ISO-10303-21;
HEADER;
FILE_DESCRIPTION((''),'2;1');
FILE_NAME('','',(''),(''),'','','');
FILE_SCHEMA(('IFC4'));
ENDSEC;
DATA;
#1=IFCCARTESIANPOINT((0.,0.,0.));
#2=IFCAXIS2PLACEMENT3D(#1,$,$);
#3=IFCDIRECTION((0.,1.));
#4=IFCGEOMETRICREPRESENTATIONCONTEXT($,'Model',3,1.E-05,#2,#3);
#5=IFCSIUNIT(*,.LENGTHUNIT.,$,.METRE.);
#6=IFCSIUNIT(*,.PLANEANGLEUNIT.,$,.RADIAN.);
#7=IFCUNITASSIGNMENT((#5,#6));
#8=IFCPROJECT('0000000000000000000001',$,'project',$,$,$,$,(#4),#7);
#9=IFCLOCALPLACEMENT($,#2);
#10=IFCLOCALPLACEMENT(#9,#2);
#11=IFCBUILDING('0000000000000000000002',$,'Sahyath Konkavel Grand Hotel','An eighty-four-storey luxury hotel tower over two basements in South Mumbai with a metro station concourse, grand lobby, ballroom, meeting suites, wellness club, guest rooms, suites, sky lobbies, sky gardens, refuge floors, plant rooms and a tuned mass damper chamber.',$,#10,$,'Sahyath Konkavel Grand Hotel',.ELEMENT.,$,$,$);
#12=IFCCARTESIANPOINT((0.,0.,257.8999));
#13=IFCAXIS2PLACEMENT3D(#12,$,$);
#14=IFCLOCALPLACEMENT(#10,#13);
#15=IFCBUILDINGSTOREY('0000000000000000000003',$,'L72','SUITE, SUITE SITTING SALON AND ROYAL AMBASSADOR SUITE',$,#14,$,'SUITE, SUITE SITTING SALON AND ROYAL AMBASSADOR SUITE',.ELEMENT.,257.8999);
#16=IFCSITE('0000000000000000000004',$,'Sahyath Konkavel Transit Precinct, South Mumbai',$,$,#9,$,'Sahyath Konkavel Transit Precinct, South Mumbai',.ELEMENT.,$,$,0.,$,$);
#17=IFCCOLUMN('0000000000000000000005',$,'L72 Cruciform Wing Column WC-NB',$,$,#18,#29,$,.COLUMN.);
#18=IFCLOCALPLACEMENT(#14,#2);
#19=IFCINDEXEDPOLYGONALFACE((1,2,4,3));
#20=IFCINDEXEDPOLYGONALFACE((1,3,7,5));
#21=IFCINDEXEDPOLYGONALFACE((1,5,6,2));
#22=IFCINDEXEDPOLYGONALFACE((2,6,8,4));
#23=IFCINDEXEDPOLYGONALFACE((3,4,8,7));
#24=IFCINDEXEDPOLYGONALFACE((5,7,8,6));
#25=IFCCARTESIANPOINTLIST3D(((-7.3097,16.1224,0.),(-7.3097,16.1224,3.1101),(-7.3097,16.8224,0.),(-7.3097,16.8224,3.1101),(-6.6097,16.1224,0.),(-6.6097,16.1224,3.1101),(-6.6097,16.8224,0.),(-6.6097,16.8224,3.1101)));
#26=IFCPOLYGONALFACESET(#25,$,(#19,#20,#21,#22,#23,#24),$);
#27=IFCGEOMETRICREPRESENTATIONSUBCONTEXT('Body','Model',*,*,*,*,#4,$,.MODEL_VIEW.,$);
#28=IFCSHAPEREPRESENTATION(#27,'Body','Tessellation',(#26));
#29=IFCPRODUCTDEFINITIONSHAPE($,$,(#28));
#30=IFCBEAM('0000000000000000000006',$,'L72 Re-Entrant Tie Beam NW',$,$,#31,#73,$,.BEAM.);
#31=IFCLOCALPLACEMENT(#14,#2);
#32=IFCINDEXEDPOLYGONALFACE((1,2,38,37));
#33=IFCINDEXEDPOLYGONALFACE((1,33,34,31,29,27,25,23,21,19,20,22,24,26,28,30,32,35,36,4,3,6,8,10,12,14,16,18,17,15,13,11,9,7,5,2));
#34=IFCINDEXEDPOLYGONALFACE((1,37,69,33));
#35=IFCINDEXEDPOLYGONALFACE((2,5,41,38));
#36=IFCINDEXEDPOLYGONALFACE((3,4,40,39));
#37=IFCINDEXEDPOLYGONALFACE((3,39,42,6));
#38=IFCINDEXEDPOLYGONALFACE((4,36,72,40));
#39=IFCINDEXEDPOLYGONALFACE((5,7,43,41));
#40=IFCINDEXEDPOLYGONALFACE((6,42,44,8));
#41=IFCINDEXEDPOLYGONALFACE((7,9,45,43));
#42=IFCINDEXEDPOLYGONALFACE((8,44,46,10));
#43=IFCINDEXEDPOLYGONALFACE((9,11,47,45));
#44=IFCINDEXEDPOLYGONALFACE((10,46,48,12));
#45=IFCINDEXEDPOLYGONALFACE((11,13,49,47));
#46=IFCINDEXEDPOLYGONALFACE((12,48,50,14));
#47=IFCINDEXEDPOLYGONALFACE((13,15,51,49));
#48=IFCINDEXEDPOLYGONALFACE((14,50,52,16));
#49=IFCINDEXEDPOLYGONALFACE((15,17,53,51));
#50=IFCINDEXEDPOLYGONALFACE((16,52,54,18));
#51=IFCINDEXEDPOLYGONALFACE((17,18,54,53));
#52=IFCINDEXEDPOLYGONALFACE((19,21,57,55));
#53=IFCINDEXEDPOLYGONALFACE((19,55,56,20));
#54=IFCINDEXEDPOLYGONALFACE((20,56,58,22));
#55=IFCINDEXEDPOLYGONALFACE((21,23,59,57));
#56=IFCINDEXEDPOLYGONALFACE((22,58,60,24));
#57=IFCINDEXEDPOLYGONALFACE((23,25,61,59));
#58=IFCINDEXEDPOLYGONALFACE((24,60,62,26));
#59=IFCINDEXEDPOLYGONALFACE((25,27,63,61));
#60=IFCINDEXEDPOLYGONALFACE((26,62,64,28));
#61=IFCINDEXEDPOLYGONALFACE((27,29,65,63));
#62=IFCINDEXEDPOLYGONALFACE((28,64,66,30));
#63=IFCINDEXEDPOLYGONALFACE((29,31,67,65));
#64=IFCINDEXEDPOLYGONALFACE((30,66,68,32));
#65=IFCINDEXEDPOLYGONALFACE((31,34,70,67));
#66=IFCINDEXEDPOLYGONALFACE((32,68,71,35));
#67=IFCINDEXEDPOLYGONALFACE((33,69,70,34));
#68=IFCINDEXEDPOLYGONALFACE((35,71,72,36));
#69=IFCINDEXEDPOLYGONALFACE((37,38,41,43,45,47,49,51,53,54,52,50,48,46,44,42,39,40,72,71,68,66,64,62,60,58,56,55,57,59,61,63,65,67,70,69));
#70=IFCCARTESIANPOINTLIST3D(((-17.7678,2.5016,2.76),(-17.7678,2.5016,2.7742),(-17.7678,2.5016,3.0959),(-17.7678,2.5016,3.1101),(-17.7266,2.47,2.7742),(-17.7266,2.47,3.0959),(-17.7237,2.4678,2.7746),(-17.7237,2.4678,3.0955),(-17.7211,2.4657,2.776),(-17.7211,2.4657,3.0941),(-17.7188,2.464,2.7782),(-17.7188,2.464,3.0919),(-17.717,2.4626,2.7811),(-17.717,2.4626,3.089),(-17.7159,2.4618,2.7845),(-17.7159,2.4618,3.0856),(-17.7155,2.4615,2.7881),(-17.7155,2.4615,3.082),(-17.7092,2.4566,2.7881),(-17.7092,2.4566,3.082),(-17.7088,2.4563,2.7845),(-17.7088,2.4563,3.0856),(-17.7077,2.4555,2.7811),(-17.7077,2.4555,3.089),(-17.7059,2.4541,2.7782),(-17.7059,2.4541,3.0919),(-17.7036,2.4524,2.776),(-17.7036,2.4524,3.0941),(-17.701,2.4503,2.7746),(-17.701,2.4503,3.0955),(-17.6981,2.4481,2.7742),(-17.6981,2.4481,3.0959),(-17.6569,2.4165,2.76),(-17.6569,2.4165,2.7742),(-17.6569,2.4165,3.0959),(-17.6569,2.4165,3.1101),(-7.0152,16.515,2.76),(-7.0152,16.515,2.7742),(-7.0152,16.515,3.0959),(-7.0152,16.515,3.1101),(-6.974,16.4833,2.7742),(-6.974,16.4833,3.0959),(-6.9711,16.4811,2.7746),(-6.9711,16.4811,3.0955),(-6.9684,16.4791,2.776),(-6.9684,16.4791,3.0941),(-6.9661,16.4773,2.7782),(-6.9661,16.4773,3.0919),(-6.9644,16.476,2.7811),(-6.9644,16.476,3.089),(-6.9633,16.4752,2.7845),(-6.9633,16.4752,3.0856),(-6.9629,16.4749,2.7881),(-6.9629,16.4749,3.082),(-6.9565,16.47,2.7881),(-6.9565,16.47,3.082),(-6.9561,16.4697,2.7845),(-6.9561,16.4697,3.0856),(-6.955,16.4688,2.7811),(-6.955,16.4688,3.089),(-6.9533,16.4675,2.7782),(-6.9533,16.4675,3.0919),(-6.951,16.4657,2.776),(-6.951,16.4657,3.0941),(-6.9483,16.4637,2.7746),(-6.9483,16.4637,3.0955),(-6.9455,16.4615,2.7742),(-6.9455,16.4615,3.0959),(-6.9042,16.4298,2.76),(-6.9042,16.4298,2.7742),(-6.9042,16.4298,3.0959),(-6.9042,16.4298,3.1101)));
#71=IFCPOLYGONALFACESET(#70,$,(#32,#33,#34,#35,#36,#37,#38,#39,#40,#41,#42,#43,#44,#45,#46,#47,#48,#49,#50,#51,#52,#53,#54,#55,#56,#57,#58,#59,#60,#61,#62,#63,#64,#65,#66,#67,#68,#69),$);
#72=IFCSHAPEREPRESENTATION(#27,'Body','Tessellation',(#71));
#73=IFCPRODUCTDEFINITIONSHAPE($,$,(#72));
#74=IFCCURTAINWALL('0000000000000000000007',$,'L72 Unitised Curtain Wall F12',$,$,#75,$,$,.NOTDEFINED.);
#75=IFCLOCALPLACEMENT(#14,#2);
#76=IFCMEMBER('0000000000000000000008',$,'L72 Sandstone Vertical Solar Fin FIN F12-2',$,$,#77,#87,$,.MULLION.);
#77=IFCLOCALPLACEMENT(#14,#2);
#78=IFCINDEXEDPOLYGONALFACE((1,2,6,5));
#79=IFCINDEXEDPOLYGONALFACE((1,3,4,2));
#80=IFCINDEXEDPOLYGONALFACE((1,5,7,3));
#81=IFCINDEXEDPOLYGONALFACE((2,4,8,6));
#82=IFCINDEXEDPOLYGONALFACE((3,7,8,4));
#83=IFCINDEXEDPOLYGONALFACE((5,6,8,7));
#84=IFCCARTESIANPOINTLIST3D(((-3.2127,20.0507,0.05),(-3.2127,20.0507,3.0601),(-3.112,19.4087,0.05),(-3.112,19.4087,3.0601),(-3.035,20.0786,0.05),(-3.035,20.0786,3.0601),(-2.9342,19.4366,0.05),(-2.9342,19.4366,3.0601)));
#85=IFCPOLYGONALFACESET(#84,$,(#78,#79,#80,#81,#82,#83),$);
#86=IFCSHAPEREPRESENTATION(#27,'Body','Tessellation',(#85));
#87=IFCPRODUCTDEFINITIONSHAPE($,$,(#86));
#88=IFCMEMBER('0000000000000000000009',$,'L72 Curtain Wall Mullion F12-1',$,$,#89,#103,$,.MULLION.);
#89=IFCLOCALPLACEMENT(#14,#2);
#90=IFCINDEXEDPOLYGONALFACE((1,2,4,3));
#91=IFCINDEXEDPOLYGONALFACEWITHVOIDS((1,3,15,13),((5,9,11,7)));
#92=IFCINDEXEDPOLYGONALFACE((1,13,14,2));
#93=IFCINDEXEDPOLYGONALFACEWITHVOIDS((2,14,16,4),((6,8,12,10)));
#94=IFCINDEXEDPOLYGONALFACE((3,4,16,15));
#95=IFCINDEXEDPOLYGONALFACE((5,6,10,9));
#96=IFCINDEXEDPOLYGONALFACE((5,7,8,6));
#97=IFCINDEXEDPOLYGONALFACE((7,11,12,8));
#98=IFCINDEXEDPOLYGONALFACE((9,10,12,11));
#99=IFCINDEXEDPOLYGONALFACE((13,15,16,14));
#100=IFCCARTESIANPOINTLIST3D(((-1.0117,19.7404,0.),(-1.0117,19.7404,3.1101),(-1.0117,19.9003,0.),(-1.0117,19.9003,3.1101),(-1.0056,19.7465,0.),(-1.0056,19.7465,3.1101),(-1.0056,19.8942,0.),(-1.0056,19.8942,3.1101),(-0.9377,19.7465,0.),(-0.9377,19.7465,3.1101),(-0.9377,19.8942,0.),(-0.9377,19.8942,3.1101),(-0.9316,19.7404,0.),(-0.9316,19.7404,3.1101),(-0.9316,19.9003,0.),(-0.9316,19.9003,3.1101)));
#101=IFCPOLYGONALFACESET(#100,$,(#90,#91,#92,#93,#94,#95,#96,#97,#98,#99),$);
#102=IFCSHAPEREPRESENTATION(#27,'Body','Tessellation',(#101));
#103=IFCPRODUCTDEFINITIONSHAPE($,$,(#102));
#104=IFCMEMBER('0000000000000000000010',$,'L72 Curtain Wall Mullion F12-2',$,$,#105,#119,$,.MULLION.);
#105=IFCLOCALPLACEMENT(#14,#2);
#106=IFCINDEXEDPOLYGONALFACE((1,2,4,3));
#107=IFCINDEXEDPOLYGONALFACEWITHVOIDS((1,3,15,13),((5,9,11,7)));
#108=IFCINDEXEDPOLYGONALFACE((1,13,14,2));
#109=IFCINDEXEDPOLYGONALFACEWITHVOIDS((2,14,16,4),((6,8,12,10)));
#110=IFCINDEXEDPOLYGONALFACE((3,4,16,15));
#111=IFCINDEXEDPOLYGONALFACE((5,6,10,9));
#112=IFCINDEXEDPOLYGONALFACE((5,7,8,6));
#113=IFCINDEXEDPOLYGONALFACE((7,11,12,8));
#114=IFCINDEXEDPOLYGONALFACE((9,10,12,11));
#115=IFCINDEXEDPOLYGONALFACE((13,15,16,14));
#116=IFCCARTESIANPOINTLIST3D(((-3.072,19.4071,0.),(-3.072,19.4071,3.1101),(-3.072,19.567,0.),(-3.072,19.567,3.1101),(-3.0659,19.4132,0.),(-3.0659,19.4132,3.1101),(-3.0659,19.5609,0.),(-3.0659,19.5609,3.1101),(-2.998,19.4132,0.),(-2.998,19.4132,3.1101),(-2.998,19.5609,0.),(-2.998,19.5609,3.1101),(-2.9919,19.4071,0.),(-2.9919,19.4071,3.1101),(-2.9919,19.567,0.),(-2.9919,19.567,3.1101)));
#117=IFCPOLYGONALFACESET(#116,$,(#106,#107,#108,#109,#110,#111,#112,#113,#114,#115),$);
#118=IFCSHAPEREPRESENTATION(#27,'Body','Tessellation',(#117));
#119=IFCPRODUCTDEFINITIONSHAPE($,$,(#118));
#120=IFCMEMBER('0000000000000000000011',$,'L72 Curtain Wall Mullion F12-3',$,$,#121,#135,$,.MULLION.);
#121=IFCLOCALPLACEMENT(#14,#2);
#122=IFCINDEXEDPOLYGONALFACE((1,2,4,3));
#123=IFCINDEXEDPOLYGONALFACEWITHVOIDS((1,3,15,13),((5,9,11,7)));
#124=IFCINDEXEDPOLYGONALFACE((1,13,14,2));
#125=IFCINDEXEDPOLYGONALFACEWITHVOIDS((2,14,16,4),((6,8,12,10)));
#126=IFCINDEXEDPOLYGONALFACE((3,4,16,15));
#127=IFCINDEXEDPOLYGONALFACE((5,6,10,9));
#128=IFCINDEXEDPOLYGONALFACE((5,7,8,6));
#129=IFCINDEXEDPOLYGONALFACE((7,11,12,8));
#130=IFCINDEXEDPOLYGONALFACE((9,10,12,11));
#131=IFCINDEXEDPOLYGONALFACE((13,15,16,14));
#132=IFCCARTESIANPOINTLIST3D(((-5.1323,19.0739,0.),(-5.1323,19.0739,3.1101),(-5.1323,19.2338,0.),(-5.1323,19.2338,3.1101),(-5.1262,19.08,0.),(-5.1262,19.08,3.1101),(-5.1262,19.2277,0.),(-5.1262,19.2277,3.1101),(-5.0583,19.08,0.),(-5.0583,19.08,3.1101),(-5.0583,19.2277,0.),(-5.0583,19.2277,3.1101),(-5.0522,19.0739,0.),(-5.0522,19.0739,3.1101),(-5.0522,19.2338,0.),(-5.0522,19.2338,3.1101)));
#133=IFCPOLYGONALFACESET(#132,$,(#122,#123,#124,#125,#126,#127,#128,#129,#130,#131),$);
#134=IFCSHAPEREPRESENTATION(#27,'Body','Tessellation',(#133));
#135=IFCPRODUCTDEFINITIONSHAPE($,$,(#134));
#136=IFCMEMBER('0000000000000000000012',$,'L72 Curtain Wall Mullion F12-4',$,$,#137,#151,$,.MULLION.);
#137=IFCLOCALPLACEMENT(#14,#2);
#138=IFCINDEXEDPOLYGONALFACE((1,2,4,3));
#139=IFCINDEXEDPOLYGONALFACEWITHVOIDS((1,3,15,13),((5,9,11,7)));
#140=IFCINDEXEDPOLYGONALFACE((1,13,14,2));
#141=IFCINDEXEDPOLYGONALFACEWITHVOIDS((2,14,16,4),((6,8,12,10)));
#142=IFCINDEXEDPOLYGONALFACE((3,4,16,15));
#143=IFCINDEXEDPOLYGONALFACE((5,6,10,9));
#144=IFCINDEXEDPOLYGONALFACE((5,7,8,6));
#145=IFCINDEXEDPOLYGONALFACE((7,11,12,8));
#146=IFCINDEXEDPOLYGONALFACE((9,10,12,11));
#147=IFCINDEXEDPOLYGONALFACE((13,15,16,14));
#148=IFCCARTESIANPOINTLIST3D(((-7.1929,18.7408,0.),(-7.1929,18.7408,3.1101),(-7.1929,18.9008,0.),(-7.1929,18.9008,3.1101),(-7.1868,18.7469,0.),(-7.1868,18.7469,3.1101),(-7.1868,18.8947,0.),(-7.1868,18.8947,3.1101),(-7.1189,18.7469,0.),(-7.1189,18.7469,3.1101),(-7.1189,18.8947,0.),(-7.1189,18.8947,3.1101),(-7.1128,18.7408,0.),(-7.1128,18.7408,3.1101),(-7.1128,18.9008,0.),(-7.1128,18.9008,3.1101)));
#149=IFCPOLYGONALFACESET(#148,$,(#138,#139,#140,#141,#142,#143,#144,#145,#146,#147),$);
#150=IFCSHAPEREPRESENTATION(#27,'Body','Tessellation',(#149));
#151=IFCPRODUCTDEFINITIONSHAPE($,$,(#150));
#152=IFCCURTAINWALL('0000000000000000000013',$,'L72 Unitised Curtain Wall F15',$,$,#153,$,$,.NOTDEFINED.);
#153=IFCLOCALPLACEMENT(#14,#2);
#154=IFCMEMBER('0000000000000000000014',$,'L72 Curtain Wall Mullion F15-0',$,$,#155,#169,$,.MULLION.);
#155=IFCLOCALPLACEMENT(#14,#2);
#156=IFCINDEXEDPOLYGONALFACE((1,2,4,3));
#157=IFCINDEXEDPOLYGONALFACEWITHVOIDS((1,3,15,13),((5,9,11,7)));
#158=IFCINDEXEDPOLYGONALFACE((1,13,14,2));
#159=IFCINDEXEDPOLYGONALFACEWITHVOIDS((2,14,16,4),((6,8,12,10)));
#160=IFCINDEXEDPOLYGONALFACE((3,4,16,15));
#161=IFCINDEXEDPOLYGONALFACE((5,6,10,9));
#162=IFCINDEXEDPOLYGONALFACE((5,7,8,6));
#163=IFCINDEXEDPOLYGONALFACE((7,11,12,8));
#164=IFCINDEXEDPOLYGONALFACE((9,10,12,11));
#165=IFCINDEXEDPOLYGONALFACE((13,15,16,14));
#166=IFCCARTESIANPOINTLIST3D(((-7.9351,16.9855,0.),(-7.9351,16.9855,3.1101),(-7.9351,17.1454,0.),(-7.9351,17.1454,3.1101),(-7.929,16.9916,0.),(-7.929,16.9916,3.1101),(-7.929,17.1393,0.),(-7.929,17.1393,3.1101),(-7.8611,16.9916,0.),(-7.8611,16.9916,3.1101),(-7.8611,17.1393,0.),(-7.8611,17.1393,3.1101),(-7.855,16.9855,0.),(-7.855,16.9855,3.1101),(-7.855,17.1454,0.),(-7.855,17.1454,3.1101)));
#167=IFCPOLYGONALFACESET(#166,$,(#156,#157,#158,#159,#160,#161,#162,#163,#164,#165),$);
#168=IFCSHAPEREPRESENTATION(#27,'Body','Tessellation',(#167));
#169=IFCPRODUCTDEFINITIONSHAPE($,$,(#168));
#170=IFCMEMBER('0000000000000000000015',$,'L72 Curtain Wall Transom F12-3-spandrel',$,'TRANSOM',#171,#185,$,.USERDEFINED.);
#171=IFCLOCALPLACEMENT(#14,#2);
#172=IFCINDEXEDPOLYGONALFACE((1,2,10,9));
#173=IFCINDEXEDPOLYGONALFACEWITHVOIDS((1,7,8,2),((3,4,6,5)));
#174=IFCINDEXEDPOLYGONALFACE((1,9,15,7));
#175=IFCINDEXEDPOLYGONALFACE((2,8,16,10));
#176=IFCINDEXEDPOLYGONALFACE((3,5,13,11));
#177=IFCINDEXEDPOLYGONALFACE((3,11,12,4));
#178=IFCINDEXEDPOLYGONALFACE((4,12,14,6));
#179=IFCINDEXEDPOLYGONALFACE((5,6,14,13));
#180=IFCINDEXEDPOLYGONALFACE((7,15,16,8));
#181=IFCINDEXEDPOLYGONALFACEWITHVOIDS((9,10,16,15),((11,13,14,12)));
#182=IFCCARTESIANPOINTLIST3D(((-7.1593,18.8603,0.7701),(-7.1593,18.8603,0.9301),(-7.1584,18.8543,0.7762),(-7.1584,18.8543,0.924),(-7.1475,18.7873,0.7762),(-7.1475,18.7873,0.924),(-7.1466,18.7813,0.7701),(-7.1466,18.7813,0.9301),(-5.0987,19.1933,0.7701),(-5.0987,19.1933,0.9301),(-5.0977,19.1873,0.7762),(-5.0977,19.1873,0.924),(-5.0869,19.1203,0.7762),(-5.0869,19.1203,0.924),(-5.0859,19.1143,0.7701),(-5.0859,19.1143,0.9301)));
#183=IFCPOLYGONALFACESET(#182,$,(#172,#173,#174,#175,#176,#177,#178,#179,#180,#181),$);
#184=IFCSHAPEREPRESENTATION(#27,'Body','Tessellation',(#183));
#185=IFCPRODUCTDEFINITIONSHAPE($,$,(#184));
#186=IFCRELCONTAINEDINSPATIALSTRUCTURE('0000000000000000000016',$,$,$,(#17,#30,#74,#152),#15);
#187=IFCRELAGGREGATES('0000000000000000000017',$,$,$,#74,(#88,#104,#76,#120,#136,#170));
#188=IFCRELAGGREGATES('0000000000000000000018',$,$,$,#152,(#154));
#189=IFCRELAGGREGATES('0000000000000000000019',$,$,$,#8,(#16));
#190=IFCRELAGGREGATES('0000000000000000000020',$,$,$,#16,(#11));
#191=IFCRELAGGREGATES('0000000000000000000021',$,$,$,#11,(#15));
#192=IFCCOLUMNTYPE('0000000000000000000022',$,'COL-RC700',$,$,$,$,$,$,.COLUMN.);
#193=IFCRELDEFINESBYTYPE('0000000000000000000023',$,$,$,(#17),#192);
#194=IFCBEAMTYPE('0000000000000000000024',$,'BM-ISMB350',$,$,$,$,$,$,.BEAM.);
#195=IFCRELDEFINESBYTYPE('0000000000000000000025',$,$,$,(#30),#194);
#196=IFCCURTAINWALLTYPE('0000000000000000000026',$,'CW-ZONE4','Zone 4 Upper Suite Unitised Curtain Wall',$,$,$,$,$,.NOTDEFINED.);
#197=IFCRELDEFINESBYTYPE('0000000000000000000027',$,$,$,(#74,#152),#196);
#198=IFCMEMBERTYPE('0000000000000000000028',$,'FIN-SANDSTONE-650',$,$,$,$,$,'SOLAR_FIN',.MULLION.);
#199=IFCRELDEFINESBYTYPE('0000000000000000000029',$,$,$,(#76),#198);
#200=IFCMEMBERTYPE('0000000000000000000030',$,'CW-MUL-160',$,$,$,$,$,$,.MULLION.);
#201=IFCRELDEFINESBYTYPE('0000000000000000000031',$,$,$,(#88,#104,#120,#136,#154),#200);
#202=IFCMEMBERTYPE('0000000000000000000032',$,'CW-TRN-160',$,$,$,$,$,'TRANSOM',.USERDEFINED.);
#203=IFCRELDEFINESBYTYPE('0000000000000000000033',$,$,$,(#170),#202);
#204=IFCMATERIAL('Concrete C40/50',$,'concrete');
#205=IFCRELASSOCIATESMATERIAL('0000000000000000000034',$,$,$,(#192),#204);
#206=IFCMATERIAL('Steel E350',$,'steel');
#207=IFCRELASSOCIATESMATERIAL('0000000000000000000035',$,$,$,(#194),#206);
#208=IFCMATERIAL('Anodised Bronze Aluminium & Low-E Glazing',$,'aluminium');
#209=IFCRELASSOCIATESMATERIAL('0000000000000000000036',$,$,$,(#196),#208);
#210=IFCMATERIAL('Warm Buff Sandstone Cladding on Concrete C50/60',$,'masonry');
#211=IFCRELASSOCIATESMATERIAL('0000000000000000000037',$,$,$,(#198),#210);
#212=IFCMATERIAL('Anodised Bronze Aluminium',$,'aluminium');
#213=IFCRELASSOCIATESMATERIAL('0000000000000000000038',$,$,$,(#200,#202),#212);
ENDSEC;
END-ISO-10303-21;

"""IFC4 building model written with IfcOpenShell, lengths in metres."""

from ifc_helpers import new_model, si_unit, direction, frame, origin, origin_2d, place, context, subcontext, project, spatial, rectangle, hollow_rectangle, i_section, extrude, source, transform, mapped, material, material_profile, profile_set, type_object, element, aggregate, save


model = new_model("IFC4")

# Units and contexts
model_context = context("Model", 3, precision=1e-05, world=origin(), true_north=direction((0.0, 1.0)))
body_context = subcontext(model_context, "Body", "Model", "MODEL_VIEW")
ifc_project = project(units=[si_unit("LENGTHUNIT", "METRE"), si_unit("PLANEANGLEUNIT", "RADIAN")], contexts=[model_context])

# Site, building, storey
site_placement = place(None, origin())
site = spatial("IfcSite", under=ifc_project, at=site_placement, Name="Sahyath Konkavel Transit Precinct, South Mumbai", LongName="Sahyath Konkavel Transit Precinct, South Mumbai", CompositionType="ELEMENT", RefElevation=0.0)
building_placement = place(site_placement, origin())
building = spatial("IfcBuilding", under=site, at=building_placement, Name="Sahyath Konkavel Grand Hotel", Description="An eighty-four-storey luxury hotel tower over two basements in South Mumbai with a metro station concourse, grand lobby, ballroom, meeting suites, wellness club, guest rooms, suites, sky lobbies, sky gardens, refuge floors, plant rooms and a tuned mass damper chamber.", LongName="Sahyath Konkavel Grand Hotel", CompositionType="ELEMENT")
storey_placement = place(building_placement, frame((0.0, 0.0, 257.8999)))
storey = spatial("IfcBuildingStorey", under=building, at=storey_placement, Name="L72", Description="SUITE, SUITE SITTING SALON AND ROYAL AMBASSADOR SUITE", LongName="SUITE, SUITE SITTING SALON AND ROYAL AMBASSADOR SUITE", CompositionType="ELEMENT", Elevation=257.8999)

# Column
ifc_material_1 = material(Name="Concrete C40/50", Category="concrete")
ifc_material_profile_1 = material_profile(ifc_material_1, rectangle(XDim=0.7, YDim=0.7, at=origin_2d()), Name="RC 700x700")
ifc_profile_set_1 = profile_set([ifc_material_profile_1], Name="Concrete C40/50")
column_type = type_object("IfcColumnType", Name="COL-RC700", PredefinedType="COLUMN", material=ifc_profile_set_1)
shared_shape_1 = source(origin(), body_context, "Body", "SweptSolid", [
    extrude(rectangle(XDim=0.7, YDim=0.7, at=origin_2d()), origin(), (0.0, 0.0, 1.0), 3.1101),
])
column_placement = place(storey_placement, frame((-6.9597, 16.4724, 0.0), z_axis=(0.0, 0.0, 1.0), x_axis=(1.0, 0.0, 0.0)))
element("IfcColumn", 1, at=column_placement, inside=storey, type_object=column_type, Name="L72 Cruciform Wing Column WC-NB", PredefinedType="COLUMN", context=body_context, shape_type="MappedRepresentation", body=[
    mapped(shared_shape_1, transform((0.0, 0.0, 0.0), scale=1.0)),
])

# Beam
ifc_material_2 = material(Name="Steel E350", Category="steel")
ifc_material_profile_2 = material_profile(ifc_material_2, i_section(OverallWidth=0.1399, OverallDepth=0.3501, WebThickness=0.0081, FlangeThickness=0.0142, FilletRadius=0.0139, at=origin_2d()), Name="ISMB 350")
ifc_profile_set_2 = profile_set([ifc_material_profile_2], Name="Steel E350")
beam_type = type_object("IfcBeamType", Name="BM-ISMB350", PredefinedType="BEAM", material=ifc_profile_set_2)
shared_shape_2 = source(origin(), body_context, "Body", "SweptSolid", [
    extrude(i_section(OverallWidth=0.1399, OverallDepth=0.3501, WebThickness=0.0081, FlangeThickness=0.0142, FilletRadius=0.0139, at=origin_2d()), origin(), (0.0, 0.0, 1.0), 17.6633),
])
beam_placement = place(storey_placement, frame((-6.9597, 16.4724, 2.9351), z_axis=(-0.608754, -0.793359, 0.0), x_axis=(0.793359, -0.608754, 0.0)))
element("IfcBeam", 2, at=beam_placement, inside=storey, type_object=beam_type, Name="L72 Re-Entrant Tie Beam NW", PredefinedType="BEAM", context=body_context, shape_type="MappedRepresentation", body=[
    mapped(shared_shape_2, transform((0.0, 0.0, 0.0), scale=1.0)),
])

# Curtain wall, members
ifc_material_3 = material(Name="Anodised Bronze Aluminium & Low-E Glazing", Category="aluminium")
curtain_wall_type = type_object("IfcCurtainWallType", Name="CW-ZONE4", Description="Zone 4 Upper Suite Unitised Curtain Wall", PredefinedType="NOTDEFINED", material=ifc_material_3)
curtain_wall_1_placement = place(storey_placement, origin())
curtain_wall_1 = element("IfcCurtainWall", 3, at=curtain_wall_1_placement, inside=storey, type_object=curtain_wall_type, Name="L72 Unitised Curtain Wall F12", PredefinedType="NOTDEFINED")
ifc_material_4 = material(Name="Warm Buff Sandstone Cladding on Concrete C50/60", Category="masonry")
ifc_material_profile_3 = material_profile(ifc_material_4, rectangle(XDim=0.1799, YDim=0.6499, at=origin_2d()), Name="FIN 180x650")
ifc_profile_set_3 = profile_set([ifc_material_profile_3], Name="Warm Buff Sandstone Cladding on Concrete C50/60")
member_type_1 = type_object("IfcMemberType", Name="FIN-SANDSTONE-650", ElementType="SOLAR_FIN", PredefinedType="MULLION", material=ifc_profile_set_3)
shared_shape_3 = source(origin(), body_context, "Body", "SweptSolid", [
    extrude(rectangle(XDim=0.1799, YDim=0.6499, at=origin_2d()), origin(), (0.0, 0.0, 1.0), 3.01),
])
member_1_placement = place(storey_placement, frame((-3.0735, 19.7437, 0.05), z_axis=(0.0, 0.0, 1.0), x_axis=(0.987906, 0.155055, 0.0)))
member_1 = element("IfcMember", 4, at=member_1_placement, type_object=member_type_1, Name="L72 Sandstone Vertical Solar Fin FIN F12-2", PredefinedType="MULLION", context=body_context, shape_type="MappedRepresentation", body=[
    mapped(shared_shape_3, transform((0.0, 0.0, 0.0), scale=1.0)),
])
ifc_material_5 = material(Name="Anodised Bronze Aluminium", Category="aluminium")
ifc_material_profile_4 = material_profile(ifc_material_5, hollow_rectangle(XDim=0.0801, YDim=0.1599, WallThickness=0.0061, at=origin_2d()), Name="RHS 160x80x6")
ifc_profile_set_4 = profile_set([ifc_material_profile_4], Name="Anodised Bronze Aluminium")
member_type_2 = type_object("IfcMemberType", Name="CW-MUL-160", PredefinedType="MULLION", material=ifc_profile_set_4)
shared_shape_4 = source(origin(), body_context, "Body", "SweptSolid", [
    extrude(hollow_rectangle(XDim=0.0801, YDim=0.1599, WallThickness=0.0061, at=origin_2d()), origin(), (0.0, 0.0, 1.0), 3.1101),
])
member_2_placement = place(storey_placement, frame((-0.9717, 19.8203, 0.0), z_axis=(0.0, 0.0, 1.0), x_axis=(1.0, 0.0, 0.0)))
member_2 = element("IfcMember", 5, at=member_2_placement, type_object=member_type_2, Name="L72 Curtain Wall Mullion F12-1", PredefinedType="MULLION", context=body_context, shape_type="MappedRepresentation", body=[
    mapped(shared_shape_4, transform((0.0, 0.0, 0.0), scale=1.0)),
])
member_3_placement = place(storey_placement, frame((-3.032, 19.4871, 0.0), z_axis=(0.0, 0.0, 1.0), x_axis=(1.0, 0.0, 0.0)))
member_3 = element("IfcMember", 6, at=member_3_placement, type_object=member_type_2, Name="L72 Curtain Wall Mullion F12-2", PredefinedType="MULLION", context=body_context, shape_type="MappedRepresentation", body=[
    mapped(shared_shape_4, transform((0.0, 0.0, 0.0), scale=1.0)),
])
member_4_placement = place(storey_placement, frame((-5.0923, 19.1538, 0.0), z_axis=(0.0, 0.0, 1.0), x_axis=(1.0, 0.0, 0.0)))
member_4 = element("IfcMember", 7, at=member_4_placement, type_object=member_type_2, Name="L72 Curtain Wall Mullion F12-3", PredefinedType="MULLION", context=body_context, shape_type="MappedRepresentation", body=[
    mapped(shared_shape_4, transform((0.0, 0.0, 0.0), scale=1.0)),
])
member_5_placement = place(storey_placement, frame((-7.1528, 18.8208, 0.0), z_axis=(0.0, 0.0, 1.0), x_axis=(1.0, 0.0, 0.0)))
member_5 = element("IfcMember", 8, at=member_5_placement, type_object=member_type_2, Name="L72 Curtain Wall Mullion F12-4", PredefinedType="MULLION", context=body_context, shape_type="MappedRepresentation", body=[
    mapped(shared_shape_4, transform((0.0, 0.0, 0.0), scale=1.0)),
])

# Curtain wall, member
curtain_wall_2_placement = place(storey_placement, origin())
curtain_wall_2 = element("IfcCurtainWall", 9, at=curtain_wall_2_placement, inside=storey, type_object=curtain_wall_type, Name="L72 Unitised Curtain Wall F15", PredefinedType="NOTDEFINED")
member_6_placement = place(storey_placement, frame((-7.895, 17.0654, 0.0), z_axis=(0.0, 0.0, 1.0), x_axis=(1.0, 0.0, 0.0)))
member_6 = element("IfcMember", 10, at=member_6_placement, type_object=member_type_2, Name="L72 Curtain Wall Mullion F15-0", PredefinedType="MULLION", context=body_context, shape_type="MappedRepresentation", body=[
    mapped(shared_shape_4, transform((0.0, 0.0, 0.0), scale=1.0)),
])

# Member
ifc_material_profile_5 = material_profile(ifc_material_5, hollow_rectangle(XDim=0.0801, YDim=0.1599, WallThickness=0.0061, at=origin_2d()), Name="RHS 160x80x6")
ifc_profile_set_5 = profile_set([ifc_material_profile_5], Name="Anodised Bronze Aluminium")
member_type_3 = type_object("IfcMemberType", Name="CW-TRN-160", ElementType="TRANSOM", PredefinedType="USERDEFINED", material=ifc_profile_set_5)
shared_shape_5 = source(origin(), body_context, "Body", "SweptSolid", [
    extrude(hollow_rectangle(XDim=0.0801, YDim=0.1599, WallThickness=0.0061, at=origin_2d()), origin(), (0.0, 0.0, 1.0), 2.0874),
])
member_7_placement = place(storey_placement, frame((-5.0923, 19.1538, 0.8501), z_axis=(-0.987191, -0.159541, 0.0), x_axis=(0.159541, -0.987191, 0.0)))
member_7 = element("IfcMember", 11, at=member_7_placement, type_object=member_type_3, Name="L72 Curtain Wall Transom F12-3-spandrel", ObjectType="TRANSOM", PredefinedType="USERDEFINED", context=body_context, shape_type="MappedRepresentation", body=[
    mapped(shared_shape_5, transform((0.0, 0.0, 0.0), scale=1.0)),
])

aggregate(curtain_wall_1, [member_2, member_3, member_1, member_4, member_5, member_7])
aggregate(curtain_wall_2, [member_6])

save(model, "model.ifc")
